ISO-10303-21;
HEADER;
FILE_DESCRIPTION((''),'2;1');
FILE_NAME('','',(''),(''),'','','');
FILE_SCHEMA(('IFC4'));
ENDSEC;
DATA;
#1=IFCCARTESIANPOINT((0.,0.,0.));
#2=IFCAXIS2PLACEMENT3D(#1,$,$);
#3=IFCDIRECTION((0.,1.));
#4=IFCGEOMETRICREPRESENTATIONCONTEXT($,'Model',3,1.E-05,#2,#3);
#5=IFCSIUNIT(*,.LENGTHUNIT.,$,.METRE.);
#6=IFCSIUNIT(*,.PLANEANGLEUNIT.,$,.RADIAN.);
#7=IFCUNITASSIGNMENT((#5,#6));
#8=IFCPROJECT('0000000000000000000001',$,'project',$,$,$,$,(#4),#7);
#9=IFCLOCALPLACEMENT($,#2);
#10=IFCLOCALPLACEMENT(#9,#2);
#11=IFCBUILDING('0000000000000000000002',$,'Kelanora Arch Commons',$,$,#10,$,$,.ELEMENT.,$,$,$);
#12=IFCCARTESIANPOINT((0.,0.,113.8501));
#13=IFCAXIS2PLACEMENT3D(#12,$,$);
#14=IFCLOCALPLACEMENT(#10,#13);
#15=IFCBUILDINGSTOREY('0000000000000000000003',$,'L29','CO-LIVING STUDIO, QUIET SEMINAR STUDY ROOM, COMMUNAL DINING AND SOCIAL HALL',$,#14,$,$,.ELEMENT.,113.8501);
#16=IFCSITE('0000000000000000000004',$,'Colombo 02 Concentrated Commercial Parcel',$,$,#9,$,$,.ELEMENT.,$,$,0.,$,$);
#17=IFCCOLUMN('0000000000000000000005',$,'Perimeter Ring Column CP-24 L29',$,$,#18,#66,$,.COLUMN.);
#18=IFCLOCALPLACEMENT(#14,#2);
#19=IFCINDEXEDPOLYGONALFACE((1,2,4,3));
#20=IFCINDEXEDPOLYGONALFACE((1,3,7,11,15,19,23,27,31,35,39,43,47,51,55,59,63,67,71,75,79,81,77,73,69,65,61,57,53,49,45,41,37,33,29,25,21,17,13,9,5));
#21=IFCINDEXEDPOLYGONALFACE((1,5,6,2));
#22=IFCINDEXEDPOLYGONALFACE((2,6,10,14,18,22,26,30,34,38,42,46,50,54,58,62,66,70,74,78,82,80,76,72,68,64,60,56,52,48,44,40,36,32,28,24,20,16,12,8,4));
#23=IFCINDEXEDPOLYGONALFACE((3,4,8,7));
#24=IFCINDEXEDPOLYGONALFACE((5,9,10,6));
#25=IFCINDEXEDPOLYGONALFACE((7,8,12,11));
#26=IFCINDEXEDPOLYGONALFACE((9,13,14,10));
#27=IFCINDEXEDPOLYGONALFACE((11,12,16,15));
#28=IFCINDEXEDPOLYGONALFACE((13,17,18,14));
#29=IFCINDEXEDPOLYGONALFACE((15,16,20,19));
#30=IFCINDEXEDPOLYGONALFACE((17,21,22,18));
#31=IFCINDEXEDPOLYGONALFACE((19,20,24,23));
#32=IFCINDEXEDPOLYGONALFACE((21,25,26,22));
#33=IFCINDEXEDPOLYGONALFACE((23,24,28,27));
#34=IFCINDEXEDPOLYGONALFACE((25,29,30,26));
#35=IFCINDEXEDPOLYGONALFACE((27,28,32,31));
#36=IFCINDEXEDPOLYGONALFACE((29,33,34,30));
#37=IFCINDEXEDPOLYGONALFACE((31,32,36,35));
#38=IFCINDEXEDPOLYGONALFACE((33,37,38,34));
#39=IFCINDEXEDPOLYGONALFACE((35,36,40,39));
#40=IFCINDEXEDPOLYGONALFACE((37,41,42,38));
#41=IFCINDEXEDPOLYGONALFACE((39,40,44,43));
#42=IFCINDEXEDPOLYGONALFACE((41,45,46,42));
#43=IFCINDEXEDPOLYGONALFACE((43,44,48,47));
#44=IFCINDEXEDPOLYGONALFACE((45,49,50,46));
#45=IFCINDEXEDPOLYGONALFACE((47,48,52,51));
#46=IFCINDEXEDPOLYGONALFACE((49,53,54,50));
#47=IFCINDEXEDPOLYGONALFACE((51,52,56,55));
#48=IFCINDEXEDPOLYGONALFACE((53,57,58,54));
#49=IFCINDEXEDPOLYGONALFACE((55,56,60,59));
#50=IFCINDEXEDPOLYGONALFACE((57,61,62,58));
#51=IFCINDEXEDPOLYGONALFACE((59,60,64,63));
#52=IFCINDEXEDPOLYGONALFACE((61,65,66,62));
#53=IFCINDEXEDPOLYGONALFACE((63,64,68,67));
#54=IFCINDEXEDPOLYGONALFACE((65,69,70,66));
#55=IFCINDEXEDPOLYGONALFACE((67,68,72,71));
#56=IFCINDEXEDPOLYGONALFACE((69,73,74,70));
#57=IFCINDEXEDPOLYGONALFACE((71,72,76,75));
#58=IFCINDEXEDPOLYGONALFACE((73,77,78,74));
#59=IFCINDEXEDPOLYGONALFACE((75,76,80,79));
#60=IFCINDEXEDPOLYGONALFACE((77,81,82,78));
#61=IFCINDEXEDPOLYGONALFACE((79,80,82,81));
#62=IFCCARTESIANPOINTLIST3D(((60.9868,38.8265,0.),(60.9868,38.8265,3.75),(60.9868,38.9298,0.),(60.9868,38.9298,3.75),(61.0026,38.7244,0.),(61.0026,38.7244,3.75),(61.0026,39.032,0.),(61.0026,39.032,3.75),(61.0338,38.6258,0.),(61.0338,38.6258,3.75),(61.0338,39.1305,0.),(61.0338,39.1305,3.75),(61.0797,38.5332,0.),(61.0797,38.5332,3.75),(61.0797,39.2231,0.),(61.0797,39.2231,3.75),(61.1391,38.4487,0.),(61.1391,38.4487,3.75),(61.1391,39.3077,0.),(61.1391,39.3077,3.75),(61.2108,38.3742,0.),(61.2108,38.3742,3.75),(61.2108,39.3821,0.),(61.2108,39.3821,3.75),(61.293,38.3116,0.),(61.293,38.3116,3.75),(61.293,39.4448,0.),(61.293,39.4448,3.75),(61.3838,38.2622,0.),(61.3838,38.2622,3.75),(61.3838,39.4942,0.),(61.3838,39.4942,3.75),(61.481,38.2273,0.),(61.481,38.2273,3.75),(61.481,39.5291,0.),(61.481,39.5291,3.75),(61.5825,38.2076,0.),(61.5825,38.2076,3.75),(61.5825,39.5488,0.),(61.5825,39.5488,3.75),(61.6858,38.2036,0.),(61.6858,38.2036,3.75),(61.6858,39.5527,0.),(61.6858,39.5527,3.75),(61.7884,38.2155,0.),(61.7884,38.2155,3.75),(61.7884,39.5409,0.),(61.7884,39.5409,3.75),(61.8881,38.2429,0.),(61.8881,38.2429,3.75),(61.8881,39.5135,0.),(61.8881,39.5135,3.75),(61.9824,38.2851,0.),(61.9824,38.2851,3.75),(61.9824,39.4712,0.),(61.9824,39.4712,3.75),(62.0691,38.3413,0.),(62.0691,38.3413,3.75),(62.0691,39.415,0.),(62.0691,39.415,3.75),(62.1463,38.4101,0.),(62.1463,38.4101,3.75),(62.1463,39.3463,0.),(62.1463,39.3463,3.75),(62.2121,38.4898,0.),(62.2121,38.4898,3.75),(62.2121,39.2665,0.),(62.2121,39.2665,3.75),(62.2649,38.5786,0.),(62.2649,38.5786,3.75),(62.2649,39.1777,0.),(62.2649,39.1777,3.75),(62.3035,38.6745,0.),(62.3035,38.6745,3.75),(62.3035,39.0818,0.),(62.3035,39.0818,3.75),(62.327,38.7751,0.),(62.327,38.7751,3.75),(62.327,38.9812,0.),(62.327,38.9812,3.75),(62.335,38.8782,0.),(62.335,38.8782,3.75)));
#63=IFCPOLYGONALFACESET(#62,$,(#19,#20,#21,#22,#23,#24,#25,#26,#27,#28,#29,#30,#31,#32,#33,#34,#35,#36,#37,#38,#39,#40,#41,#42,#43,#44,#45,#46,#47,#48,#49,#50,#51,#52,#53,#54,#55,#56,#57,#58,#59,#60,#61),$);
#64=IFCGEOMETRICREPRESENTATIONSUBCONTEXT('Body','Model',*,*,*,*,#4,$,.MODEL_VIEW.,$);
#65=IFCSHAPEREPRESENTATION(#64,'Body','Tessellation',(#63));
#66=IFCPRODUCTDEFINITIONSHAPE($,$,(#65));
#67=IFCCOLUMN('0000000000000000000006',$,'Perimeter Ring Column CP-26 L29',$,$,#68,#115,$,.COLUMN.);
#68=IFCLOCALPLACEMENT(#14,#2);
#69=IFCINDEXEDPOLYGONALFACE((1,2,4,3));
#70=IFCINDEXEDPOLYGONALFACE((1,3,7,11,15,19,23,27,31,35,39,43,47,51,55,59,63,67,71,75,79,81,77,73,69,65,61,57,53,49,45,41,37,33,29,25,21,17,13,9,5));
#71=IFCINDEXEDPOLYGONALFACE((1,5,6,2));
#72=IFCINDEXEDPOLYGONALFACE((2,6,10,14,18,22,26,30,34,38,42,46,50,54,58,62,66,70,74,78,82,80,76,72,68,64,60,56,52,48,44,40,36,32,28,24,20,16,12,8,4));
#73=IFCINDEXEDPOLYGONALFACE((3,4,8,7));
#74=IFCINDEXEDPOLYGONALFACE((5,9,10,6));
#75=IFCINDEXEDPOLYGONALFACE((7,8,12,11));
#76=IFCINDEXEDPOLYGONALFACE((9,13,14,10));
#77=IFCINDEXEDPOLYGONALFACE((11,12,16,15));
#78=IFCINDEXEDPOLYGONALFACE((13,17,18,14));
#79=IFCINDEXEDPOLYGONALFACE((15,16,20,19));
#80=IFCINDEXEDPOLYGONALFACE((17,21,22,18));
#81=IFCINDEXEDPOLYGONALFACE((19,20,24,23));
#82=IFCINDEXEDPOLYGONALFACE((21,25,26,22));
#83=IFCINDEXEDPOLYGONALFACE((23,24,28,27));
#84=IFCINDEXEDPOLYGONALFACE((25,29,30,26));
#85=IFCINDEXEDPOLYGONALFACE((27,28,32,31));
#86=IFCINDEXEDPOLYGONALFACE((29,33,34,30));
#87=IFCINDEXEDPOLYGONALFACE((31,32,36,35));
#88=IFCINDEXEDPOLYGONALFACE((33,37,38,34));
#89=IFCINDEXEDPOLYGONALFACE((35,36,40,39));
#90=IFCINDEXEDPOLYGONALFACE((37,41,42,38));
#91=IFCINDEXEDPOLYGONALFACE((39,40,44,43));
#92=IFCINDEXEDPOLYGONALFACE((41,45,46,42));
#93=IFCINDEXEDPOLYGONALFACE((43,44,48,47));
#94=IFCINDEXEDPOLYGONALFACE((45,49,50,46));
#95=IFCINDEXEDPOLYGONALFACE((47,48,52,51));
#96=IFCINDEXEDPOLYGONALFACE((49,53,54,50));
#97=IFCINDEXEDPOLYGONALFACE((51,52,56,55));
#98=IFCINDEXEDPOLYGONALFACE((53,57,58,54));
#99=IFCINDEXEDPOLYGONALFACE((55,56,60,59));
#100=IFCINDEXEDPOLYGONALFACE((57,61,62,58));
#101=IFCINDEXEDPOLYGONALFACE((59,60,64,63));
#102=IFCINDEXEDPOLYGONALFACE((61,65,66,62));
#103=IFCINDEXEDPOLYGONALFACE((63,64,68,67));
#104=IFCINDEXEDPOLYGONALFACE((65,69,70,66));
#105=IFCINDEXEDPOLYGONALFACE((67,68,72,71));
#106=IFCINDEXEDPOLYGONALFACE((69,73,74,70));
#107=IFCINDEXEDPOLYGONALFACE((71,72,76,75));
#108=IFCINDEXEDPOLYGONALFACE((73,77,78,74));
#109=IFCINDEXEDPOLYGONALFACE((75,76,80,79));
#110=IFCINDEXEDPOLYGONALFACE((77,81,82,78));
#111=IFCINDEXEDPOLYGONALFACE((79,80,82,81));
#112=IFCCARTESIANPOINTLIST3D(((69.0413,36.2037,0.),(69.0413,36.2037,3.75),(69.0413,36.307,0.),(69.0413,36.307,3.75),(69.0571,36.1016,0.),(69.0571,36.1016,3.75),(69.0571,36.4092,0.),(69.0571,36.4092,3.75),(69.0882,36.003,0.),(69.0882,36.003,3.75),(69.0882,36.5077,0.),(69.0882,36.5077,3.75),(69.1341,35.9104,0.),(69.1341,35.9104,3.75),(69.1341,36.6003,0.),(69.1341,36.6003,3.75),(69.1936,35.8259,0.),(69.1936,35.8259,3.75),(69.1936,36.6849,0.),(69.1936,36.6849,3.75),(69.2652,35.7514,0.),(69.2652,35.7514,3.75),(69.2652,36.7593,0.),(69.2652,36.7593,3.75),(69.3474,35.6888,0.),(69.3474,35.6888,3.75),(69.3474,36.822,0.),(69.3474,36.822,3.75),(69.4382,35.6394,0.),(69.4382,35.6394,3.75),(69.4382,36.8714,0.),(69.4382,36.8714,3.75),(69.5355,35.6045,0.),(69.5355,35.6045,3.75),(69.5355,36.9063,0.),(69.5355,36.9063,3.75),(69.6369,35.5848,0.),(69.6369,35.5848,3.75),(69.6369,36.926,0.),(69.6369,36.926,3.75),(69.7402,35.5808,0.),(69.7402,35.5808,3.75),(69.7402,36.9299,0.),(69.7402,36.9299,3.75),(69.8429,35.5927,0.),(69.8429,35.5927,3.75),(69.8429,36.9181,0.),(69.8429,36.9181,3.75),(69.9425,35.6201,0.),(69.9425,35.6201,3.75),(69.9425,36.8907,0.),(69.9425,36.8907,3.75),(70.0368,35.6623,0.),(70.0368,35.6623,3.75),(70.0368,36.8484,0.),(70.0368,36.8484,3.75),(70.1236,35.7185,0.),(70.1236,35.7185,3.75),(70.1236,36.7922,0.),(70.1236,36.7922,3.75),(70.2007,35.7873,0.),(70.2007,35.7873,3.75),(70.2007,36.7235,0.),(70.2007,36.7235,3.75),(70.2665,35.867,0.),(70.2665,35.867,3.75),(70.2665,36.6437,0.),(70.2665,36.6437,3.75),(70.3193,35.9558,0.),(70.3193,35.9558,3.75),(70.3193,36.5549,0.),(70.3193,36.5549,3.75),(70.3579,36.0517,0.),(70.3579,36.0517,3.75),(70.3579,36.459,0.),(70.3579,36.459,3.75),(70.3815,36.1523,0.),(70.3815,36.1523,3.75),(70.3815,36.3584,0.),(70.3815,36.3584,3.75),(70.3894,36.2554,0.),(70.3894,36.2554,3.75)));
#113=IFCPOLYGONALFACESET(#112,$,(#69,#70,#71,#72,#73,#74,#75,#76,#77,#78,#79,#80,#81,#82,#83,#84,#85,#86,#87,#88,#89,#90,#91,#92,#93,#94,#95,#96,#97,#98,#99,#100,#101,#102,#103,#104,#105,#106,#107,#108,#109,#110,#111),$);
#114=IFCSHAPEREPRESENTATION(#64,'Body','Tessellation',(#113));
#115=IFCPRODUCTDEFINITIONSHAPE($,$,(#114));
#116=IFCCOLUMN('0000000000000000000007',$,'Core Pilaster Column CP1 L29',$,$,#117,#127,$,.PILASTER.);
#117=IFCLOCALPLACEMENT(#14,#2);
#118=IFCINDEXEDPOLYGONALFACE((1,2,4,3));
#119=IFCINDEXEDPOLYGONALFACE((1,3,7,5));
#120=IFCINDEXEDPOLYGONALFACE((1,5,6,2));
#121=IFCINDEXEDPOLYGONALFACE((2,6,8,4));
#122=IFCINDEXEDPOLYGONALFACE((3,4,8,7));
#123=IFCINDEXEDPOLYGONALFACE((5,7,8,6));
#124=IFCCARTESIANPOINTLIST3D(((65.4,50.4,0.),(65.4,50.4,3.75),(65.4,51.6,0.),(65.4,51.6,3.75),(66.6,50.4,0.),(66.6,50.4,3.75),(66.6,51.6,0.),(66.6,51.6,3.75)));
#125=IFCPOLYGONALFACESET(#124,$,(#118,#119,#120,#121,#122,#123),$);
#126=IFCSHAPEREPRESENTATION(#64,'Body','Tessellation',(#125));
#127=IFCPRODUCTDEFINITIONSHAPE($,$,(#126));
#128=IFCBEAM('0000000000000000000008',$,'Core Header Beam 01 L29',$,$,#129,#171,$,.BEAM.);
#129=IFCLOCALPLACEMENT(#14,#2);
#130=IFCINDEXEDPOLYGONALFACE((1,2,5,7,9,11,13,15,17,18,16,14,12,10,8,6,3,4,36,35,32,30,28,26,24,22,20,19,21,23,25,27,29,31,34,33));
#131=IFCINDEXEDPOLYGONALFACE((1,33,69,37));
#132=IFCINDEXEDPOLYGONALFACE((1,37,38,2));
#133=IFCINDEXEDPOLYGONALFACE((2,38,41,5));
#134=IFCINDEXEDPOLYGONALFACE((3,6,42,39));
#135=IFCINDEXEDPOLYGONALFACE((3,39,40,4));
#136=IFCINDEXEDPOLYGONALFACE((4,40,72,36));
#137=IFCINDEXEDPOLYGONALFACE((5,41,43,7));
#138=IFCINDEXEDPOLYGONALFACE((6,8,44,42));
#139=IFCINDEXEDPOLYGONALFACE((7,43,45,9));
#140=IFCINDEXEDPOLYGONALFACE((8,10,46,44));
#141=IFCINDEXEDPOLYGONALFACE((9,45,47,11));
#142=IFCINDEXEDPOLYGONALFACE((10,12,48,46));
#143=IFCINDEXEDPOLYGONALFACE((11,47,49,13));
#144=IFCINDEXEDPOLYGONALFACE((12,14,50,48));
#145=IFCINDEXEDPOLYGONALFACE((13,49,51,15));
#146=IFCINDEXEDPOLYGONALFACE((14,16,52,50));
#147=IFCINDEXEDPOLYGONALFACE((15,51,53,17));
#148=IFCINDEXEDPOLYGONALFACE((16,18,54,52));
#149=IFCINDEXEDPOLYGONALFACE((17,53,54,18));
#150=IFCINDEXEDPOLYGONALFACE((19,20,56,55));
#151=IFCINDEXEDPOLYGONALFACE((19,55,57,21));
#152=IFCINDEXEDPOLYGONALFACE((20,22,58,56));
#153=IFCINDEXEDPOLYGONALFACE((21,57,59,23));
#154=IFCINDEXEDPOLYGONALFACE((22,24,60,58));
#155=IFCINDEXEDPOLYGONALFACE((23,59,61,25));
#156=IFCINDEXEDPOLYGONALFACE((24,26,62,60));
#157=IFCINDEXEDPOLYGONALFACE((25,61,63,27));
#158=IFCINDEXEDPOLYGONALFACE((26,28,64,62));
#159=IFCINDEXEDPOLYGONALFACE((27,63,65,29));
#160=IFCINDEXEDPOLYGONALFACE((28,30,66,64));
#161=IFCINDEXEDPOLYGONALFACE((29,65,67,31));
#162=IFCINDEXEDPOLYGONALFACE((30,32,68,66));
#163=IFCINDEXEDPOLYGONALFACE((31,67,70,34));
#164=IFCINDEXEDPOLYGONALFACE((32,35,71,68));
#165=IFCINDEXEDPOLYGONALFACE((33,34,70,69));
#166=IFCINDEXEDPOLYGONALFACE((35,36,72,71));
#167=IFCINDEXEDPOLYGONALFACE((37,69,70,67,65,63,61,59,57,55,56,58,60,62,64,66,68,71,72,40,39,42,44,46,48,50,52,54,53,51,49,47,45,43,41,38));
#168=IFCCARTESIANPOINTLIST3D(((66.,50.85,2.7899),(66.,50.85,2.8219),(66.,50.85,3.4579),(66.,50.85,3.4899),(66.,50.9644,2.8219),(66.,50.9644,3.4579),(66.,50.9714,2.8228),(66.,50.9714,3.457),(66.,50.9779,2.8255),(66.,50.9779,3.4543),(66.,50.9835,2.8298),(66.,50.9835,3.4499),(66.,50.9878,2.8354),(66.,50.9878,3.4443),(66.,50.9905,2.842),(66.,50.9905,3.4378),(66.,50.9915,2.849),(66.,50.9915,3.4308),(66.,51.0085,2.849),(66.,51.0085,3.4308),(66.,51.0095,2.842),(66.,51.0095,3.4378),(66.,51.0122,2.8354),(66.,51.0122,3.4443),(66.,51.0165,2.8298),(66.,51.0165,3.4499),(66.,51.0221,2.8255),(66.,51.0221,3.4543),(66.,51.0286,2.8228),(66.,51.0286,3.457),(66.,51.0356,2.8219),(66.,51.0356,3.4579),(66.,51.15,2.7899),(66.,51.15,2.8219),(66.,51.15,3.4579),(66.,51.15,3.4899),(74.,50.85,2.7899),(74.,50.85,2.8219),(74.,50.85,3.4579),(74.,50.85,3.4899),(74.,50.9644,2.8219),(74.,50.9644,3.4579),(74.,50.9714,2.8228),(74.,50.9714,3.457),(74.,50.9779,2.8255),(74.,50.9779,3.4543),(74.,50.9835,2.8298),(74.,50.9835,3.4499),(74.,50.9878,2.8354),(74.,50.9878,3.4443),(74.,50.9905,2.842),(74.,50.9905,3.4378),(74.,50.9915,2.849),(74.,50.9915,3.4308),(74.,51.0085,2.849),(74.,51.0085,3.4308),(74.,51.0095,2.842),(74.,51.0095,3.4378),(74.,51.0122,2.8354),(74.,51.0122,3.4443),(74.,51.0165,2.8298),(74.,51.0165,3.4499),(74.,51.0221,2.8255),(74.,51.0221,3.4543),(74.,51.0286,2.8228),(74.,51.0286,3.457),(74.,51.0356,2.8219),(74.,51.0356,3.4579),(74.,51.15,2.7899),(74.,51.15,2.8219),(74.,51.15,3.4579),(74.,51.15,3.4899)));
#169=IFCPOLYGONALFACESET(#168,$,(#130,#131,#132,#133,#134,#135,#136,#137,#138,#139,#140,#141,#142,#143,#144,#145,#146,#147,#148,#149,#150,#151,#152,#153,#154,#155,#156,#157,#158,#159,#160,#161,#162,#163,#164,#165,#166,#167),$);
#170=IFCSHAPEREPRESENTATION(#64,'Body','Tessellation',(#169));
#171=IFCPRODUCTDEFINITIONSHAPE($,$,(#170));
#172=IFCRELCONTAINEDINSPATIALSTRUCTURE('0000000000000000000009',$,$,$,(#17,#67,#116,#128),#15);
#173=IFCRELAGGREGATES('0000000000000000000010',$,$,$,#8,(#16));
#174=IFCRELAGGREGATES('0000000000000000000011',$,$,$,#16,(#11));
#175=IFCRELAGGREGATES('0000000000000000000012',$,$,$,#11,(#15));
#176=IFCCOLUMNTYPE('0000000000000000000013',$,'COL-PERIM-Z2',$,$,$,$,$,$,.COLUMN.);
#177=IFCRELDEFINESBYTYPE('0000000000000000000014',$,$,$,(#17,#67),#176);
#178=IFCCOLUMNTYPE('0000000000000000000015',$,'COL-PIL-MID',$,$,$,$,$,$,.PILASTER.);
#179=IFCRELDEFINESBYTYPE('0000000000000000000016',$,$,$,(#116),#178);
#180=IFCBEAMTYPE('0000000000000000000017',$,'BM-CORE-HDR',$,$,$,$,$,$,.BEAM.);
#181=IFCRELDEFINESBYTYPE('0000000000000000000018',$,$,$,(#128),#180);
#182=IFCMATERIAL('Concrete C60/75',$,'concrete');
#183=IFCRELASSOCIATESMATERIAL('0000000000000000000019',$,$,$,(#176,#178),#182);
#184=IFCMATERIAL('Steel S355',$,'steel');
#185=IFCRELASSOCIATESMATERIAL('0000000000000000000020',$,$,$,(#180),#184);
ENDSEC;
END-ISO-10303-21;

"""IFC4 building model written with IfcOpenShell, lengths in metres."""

from ifc_helpers import new_model, si_unit, direction, frame, origin, origin_2d, place, context, subcontext, project, spatial, rectangle, circle, i_section, extrude, material, material_profile, profile_set, type_object, element, save


model = new_model("IFC4")

# Units and contexts
model_context = context("Model", 3, precision=1e-05, world=origin(), true_north=direction((0.0, 1.0)))
body_context = subcontext(model_context, "Body", "Model", "MODEL_VIEW")
ifc_project = project(units=[si_unit("LENGTHUNIT", "METRE"), si_unit("PLANEANGLEUNIT", "RADIAN")], contexts=[model_context])

# Site, building, storey
site_placement = place(None, origin())
site = spatial("IfcSite", under=ifc_project, at=site_placement, Name="Colombo 02 Concentrated Commercial Parcel", CompositionType="ELEMENT", RefElevation=0.0)
building_placement = place(site_placement, origin())
building = spatial("IfcBuilding", under=site, at=building_placement, Name="Kelanora Arch Commons", CompositionType="ELEMENT")
storey_placement = place(building_placement, frame((0.0, 0.0, 113.8501)))
storey = spatial("IfcBuildingStorey", under=building, at=storey_placement, Name="L29", Description="CO-LIVING STUDIO, QUIET SEMINAR STUDY ROOM, COMMUNAL DINING AND SOCIAL HALL", CompositionType="ELEMENT", Elevation=113.8501)

# Columns
ifc_material_1 = material(Name="Concrete C60/75", Category="concrete")
ifc_material_profile_1 = material_profile(ifc_material_1, circle(Radius=0.675, at=origin_2d()), Name="RCC1350")
ifc_profile_set_1 = profile_set([ifc_material_profile_1], Name="Concrete C60/75")
column_type_1 = type_object("IfcColumnType", Name="COL-PERIM-Z2", PredefinedType="COLUMN", material=ifc_profile_set_1)
for number, where, z_axis, x_axis, name in (
    (1, (61.6599, 38.8782, 0.0), (0.0, 0.0, 1.0), (1.0, 0.0, 0.0), "Perimeter Ring Column CP-24 L29"),
    (2, (69.7144, 36.2554, 0.0), (0.0, 0.0, 1.0), (1.0, 0.0, 0.0), "Perimeter Ring Column CP-26 L29"),
):
    element("IfcColumn", number, at=place(storey_placement, frame(where, z_axis=z_axis, x_axis=x_axis)), inside=storey, type_object=column_type_1, Name=name, PredefinedType="COLUMN", context=body_context, shape_type="SweptSolid", body=[
        extrude(circle(Radius=0.675, at=origin_2d()), origin(), (0.0, 0.0, 1.0), 3.75),
    ])
ifc_material_profile_2 = material_profile(ifc_material_1, rectangle(XDim=1.2, YDim=1.2, at=origin_2d()), Name="RC1200x1200")
ifc_profile_set_2 = profile_set([ifc_material_profile_2], Name="Concrete C60/75")
column_type_2 = type_object("IfcColumnType", Name="COL-PIL-MID", PredefinedType="PILASTER", material=ifc_profile_set_2)
column_placement = place(storey_placement, frame((66.0, 51.0, 0.0), z_axis=(0.0, 0.0, 1.0), x_axis=(1.0, 0.0, 0.0)))
element("IfcColumn", 3, at=column_placement, inside=storey, type_object=column_type_2, Name="Core Pilaster Column CP1 L29", PredefinedType="PILASTER", context=body_context, shape_type="SweptSolid", body=[
    extrude(rectangle(XDim=1.2, YDim=1.2, at=origin_2d()), origin(), (0.0, 0.0, 1.0), 3.75),
])

# Beam
ifc_material_2 = material(Name="Steel S355", Category="steel")
ifc_material_profile_3 = material_profile(ifc_material_2, i_section(OverallWidth=0.3, OverallDepth=0.7, WebThickness=0.0171, FlangeThickness=0.032, FilletRadius=0.0271, at=origin_2d()), Name="HEB700")
ifc_profile_set_3 = profile_set([ifc_material_profile_3], Name="Steel S355")
beam_type_1 = type_object("IfcBeamType", Name="BM-CORE-HDR", PredefinedType="BEAM", material=ifc_profile_set_3)
beam_1_placement = place(storey_placement, frame((66.0, 51.0, 3.1399), z_axis=(1.0, 0.0, 0.0), x_axis=(0.0, 1.0, 0.0)))
element("IfcBeam", 4, at=beam_1_placement, inside=storey, type_object=beam_type_1, Name="Core Header Beam 01 L29", PredefinedType="BEAM", context=body_context, shape_type="SweptSolid", body=[
    extrude(i_section(OverallWidth=0.3, OverallDepth=0.7, WebThickness=0.0171, FlangeThickness=0.032, FilletRadius=0.0271, at=origin_2d()), origin(), (0.0, 0.0, 1.0), 8.0),
])

save(model, "model.ifc")
